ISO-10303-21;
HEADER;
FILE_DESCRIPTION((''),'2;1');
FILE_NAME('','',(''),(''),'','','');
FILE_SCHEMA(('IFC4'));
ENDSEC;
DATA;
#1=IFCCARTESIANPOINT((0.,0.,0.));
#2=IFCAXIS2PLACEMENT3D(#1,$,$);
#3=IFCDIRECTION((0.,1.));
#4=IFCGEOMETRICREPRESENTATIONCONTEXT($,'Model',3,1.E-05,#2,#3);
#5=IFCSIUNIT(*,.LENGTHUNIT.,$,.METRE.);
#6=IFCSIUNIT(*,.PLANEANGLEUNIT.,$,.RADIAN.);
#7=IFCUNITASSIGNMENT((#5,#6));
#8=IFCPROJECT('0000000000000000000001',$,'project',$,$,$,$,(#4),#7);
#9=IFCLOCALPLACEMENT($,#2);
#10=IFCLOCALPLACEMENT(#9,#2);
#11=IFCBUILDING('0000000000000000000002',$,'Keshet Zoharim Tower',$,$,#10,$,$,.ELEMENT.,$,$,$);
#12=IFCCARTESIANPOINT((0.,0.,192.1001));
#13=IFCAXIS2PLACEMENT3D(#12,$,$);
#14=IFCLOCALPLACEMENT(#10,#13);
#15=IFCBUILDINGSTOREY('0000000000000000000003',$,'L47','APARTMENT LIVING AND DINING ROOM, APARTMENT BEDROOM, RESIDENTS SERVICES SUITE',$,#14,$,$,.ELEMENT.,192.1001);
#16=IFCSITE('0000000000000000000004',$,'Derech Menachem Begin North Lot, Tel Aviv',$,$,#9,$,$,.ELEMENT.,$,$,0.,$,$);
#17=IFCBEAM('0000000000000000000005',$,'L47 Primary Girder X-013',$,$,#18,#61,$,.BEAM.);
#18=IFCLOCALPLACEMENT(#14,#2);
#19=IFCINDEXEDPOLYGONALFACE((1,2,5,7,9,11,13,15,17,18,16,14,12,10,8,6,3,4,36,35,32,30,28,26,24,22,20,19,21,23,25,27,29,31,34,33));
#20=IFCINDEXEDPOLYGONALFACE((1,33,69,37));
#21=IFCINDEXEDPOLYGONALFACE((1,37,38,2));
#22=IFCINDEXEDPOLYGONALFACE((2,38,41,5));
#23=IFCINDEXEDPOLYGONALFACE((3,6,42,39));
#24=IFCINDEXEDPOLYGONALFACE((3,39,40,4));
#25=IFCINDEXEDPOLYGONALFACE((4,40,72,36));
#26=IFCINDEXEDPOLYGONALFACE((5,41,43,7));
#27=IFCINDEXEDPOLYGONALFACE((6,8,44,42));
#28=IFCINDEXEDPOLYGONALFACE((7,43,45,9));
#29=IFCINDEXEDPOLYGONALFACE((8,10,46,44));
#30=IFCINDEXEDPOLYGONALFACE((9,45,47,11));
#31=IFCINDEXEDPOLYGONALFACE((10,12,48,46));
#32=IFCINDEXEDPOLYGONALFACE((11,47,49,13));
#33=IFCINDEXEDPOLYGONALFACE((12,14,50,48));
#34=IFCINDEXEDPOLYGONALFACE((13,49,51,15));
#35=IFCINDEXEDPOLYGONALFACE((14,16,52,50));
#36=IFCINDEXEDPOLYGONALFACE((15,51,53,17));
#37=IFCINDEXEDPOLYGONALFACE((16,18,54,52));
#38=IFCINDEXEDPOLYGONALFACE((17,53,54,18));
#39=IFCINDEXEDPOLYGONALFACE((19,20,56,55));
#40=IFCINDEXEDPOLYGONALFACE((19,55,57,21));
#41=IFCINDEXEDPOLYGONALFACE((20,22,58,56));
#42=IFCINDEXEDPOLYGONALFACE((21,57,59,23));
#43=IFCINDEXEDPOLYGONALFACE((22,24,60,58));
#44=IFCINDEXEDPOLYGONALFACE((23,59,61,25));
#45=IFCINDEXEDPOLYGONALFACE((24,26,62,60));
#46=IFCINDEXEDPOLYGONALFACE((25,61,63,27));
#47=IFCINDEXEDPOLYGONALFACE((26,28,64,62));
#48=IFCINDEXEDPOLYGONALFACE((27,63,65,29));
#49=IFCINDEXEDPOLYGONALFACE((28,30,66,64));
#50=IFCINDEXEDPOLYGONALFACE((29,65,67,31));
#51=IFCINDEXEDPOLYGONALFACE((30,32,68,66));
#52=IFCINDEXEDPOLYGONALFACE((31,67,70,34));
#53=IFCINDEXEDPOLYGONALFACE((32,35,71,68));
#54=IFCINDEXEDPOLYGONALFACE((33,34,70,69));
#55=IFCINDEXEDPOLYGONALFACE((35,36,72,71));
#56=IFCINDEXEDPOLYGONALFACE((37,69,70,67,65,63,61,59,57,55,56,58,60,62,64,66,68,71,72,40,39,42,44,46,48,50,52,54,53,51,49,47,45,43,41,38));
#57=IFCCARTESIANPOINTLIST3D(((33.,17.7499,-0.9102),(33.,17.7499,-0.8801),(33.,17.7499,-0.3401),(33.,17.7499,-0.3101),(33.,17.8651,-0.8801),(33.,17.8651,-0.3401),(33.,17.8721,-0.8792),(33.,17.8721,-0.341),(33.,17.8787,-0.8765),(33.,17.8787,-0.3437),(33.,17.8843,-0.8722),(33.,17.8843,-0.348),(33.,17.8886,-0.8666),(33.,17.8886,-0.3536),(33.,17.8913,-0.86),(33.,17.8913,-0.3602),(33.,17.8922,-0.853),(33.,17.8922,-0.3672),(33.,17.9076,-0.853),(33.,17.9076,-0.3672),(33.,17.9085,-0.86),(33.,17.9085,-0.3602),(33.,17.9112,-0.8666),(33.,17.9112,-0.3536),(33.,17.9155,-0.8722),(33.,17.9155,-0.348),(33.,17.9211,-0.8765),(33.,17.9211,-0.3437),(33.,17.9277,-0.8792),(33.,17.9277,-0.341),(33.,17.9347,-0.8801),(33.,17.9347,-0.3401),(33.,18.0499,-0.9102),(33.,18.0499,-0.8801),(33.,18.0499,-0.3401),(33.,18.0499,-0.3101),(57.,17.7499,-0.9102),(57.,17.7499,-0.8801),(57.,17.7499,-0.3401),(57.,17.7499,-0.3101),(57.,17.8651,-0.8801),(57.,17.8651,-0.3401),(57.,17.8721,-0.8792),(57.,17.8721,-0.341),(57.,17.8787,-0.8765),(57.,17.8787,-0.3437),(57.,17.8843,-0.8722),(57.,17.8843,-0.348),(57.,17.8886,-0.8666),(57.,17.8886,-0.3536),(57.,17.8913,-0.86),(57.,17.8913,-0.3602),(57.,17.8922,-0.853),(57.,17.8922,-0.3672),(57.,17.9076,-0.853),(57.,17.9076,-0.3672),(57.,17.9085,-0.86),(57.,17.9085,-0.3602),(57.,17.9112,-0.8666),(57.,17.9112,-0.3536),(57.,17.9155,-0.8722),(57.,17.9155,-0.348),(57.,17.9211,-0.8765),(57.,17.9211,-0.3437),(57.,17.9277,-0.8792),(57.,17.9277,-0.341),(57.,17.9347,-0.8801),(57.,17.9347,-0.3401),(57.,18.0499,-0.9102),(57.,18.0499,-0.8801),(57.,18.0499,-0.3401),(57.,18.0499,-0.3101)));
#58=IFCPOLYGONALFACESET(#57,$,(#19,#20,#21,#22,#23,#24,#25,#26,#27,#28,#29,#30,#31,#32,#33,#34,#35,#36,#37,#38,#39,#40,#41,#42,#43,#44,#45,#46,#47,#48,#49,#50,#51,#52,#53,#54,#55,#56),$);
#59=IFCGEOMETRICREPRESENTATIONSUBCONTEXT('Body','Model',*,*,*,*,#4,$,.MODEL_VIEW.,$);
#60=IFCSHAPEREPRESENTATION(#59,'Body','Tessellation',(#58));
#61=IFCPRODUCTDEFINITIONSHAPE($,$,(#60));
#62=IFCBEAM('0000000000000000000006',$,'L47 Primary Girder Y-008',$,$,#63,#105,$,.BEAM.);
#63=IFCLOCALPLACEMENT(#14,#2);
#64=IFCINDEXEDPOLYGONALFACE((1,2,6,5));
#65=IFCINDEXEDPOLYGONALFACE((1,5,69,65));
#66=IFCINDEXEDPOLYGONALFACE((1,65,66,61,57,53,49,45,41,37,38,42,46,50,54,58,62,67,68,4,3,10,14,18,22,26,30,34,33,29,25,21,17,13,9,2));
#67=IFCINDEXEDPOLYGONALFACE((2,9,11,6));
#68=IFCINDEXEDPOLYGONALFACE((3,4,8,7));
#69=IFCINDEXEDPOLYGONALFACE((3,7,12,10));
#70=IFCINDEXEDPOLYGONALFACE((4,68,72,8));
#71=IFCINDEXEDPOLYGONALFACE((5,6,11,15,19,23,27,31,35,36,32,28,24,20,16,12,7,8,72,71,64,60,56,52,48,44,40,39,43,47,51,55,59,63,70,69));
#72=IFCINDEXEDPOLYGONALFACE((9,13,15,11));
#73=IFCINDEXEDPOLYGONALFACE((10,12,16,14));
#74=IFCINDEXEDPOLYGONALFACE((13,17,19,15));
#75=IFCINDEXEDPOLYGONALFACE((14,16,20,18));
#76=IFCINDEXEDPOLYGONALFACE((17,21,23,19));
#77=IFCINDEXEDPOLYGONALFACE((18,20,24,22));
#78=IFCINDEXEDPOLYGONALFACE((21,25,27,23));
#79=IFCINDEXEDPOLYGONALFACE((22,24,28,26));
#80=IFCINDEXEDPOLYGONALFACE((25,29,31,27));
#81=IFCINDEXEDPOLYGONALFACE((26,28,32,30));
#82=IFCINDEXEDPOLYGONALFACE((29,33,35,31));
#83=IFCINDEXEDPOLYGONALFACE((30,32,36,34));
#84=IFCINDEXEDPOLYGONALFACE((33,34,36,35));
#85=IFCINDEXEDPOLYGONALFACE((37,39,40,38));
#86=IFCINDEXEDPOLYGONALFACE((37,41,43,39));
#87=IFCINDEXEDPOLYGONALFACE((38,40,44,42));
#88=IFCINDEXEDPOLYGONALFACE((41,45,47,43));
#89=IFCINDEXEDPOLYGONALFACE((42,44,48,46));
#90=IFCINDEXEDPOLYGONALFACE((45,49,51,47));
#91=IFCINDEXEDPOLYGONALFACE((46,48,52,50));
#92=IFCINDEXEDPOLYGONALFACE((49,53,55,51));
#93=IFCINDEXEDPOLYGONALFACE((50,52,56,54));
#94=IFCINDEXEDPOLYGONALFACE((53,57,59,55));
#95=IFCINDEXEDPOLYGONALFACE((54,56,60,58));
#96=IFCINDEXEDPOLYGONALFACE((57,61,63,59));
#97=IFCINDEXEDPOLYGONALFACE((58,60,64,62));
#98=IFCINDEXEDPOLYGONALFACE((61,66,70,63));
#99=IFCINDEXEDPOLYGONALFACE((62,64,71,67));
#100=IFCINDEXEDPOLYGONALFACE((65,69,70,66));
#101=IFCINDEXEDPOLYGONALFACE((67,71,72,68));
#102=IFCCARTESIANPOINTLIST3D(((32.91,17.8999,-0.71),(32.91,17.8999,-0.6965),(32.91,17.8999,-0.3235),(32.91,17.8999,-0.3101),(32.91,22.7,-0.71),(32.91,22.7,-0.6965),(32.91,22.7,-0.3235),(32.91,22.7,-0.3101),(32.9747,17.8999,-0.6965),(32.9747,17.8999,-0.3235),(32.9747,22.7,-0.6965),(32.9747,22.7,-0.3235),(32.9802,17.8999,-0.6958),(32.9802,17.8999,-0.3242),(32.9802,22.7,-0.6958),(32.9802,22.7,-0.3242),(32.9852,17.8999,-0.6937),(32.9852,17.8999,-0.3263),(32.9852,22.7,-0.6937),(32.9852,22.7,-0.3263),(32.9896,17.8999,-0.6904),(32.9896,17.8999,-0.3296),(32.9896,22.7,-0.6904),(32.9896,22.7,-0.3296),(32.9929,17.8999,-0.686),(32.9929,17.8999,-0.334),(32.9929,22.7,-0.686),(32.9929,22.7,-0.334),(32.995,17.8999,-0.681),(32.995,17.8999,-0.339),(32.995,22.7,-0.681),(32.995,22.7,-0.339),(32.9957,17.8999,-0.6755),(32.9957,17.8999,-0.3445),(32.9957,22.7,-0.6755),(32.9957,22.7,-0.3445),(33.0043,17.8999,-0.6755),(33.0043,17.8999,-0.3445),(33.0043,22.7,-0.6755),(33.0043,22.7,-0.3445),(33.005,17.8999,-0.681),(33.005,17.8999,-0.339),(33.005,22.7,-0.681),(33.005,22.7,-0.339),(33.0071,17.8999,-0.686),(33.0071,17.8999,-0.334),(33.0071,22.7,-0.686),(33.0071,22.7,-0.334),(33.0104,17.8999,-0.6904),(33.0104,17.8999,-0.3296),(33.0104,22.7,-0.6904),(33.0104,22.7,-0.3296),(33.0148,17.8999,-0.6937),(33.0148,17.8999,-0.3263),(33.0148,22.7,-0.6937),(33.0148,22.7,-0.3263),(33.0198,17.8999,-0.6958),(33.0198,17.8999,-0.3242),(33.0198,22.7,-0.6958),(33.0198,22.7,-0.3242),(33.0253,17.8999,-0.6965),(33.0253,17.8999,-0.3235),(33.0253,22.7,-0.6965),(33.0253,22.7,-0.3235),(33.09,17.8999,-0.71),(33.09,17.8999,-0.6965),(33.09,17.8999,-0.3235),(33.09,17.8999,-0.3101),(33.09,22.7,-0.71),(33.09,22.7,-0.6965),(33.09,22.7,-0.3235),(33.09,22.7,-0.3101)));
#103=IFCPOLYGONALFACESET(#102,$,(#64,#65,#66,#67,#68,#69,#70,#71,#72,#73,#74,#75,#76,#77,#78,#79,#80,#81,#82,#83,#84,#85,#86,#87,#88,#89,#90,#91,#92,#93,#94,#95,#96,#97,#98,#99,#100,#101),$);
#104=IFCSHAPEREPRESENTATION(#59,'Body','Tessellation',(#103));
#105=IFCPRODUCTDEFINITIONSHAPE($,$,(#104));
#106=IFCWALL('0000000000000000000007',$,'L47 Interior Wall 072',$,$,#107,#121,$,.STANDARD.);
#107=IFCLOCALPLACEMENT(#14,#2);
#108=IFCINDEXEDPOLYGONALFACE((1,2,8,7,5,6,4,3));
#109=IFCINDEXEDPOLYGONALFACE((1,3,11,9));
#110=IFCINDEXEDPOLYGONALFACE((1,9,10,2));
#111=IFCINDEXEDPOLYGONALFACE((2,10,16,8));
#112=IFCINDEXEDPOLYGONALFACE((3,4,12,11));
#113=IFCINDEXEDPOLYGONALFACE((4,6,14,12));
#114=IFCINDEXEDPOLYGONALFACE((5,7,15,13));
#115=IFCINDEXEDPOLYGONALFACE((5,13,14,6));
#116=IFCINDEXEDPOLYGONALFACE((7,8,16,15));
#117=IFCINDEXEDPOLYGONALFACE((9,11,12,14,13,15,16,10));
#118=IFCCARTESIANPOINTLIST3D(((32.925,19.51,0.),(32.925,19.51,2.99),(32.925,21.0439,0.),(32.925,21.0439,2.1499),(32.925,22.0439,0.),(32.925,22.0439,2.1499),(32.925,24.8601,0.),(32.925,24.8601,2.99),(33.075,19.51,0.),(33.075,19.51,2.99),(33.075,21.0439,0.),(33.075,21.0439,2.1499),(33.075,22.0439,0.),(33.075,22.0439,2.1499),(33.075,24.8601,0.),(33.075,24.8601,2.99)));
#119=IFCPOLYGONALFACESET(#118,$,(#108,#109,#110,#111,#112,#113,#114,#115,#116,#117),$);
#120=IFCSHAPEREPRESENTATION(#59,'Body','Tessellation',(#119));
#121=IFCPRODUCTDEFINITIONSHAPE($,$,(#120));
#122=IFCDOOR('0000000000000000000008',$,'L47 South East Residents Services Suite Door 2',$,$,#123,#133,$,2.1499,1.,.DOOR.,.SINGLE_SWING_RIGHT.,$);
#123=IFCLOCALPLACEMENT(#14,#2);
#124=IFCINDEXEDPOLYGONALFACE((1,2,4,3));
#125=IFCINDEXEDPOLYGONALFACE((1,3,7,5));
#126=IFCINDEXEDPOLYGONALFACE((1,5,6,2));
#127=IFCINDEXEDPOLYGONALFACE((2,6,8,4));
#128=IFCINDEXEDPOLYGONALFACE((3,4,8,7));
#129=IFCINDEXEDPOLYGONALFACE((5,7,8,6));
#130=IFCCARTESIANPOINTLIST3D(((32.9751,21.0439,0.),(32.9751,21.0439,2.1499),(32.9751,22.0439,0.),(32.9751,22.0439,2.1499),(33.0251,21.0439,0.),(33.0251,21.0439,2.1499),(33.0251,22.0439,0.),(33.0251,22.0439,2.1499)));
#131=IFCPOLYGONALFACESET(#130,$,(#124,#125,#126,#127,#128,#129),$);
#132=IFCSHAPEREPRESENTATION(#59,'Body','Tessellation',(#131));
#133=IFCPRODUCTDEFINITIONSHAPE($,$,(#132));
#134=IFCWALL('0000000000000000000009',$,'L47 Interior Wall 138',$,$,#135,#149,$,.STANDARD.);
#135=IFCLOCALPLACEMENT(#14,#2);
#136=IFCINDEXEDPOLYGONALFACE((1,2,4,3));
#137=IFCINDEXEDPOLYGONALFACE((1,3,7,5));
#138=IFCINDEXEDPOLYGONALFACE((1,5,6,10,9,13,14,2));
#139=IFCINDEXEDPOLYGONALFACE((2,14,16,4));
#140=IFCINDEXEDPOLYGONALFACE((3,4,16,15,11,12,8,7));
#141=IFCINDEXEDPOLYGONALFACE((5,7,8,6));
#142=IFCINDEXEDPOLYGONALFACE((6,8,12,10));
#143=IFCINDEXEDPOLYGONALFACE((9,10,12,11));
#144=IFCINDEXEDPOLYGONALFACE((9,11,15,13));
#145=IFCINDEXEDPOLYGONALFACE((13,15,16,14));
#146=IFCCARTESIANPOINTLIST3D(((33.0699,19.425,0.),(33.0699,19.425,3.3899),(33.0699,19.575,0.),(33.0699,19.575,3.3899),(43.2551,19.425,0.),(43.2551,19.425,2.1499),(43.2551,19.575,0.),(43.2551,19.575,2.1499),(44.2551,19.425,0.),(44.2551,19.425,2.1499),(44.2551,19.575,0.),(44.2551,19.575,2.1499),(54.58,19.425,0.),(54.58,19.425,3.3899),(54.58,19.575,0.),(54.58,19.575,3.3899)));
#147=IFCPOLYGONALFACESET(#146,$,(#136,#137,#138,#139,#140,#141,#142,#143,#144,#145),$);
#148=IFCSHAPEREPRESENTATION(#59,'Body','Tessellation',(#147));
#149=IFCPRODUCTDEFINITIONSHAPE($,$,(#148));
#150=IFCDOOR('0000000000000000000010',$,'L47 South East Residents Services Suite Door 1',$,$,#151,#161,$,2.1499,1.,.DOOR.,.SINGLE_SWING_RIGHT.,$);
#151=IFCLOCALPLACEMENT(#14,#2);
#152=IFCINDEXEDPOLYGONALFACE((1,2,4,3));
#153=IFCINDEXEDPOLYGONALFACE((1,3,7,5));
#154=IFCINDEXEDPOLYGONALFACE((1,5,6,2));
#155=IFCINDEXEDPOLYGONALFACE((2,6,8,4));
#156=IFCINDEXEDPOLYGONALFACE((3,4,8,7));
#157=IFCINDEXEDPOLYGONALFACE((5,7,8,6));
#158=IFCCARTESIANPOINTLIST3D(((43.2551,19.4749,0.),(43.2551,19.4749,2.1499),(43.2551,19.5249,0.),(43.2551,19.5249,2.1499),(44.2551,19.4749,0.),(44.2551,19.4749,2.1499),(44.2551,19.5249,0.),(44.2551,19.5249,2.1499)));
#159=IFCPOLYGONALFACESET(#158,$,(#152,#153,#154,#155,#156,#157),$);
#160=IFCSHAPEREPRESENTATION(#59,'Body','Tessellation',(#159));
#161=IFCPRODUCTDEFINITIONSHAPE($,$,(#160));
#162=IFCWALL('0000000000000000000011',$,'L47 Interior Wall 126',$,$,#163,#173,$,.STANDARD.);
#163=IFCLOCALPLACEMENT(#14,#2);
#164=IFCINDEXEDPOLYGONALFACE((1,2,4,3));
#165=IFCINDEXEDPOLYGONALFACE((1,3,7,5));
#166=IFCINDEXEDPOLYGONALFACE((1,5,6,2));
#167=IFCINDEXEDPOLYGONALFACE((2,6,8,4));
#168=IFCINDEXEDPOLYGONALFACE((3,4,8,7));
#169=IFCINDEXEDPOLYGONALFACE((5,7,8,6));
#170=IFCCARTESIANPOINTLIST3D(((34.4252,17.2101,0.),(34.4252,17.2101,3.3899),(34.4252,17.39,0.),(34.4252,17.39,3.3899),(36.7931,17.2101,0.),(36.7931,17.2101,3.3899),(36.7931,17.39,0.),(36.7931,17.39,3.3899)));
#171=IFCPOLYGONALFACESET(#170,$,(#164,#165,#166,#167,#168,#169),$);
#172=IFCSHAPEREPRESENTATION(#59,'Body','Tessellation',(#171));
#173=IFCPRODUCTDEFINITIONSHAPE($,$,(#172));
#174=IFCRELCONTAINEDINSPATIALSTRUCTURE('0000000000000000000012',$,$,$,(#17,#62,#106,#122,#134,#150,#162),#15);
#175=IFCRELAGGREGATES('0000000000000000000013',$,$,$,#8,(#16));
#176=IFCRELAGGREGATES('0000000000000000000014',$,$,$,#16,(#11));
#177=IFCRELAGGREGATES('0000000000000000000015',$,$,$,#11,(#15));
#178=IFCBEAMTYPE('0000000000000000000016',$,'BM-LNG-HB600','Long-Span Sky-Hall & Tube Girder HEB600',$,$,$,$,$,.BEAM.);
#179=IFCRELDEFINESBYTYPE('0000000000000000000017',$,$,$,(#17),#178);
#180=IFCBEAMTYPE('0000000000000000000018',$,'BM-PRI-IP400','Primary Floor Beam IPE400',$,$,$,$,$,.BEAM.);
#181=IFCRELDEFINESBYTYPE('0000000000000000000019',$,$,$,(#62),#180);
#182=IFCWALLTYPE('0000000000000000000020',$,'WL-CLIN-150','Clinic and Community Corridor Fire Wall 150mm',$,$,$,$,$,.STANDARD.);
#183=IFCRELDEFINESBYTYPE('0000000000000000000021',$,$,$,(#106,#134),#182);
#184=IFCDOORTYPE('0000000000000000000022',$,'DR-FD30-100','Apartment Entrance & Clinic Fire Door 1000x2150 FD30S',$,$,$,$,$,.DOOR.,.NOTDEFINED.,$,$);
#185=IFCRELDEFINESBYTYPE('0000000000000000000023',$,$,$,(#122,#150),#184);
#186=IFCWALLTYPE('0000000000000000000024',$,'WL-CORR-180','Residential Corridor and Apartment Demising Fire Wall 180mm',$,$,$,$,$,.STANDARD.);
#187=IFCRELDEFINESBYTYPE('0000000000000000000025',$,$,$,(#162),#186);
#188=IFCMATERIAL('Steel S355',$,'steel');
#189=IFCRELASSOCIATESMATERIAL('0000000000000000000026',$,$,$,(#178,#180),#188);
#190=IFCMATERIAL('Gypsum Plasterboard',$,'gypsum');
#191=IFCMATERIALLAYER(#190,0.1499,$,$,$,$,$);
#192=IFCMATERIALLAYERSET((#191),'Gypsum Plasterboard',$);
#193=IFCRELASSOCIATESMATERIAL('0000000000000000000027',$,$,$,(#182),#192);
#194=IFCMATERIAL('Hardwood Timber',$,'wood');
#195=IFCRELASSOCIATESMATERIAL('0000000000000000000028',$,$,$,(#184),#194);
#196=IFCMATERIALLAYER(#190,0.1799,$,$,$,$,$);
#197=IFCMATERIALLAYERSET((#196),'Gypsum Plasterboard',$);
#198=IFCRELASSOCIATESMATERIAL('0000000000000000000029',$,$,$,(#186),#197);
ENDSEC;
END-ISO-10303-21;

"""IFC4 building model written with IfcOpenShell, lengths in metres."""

from ifc_helpers import new_model, si_unit, direction, frame, frame_2d, origin, origin_2d, place, context, subcontext, project, spatial, rectangle, i_section, extrude, material, layer, layer_set, material_profile, profile_set, type_object, element, fill, save


model = new_model("IFC4")

# Units and contexts
model_context = context("Model", 3, precision=1e-05, world=origin(), true_north=direction((0.0, 1.0)))
body_context = subcontext(model_context, "Body", "Model", "MODEL_VIEW")
ifc_project = project(units=[si_unit("LENGTHUNIT", "METRE"), si_unit("PLANEANGLEUNIT", "RADIAN")], contexts=[model_context])

# Site, building, storey
site_placement = place(None, origin())
site = spatial("IfcSite", under=ifc_project, at=site_placement, Name="Derech Menachem Begin North Lot, Tel Aviv", CompositionType="ELEMENT", RefElevation=0.0)
building_placement = place(site_placement, origin())
building = spatial("IfcBuilding", under=site, at=building_placement, Name="Keshet Zoharim Tower", CompositionType="ELEMENT")
storey_placement = place(building_placement, frame((0.0, 0.0, 192.1001)))
storey = spatial("IfcBuildingStorey", under=building, at=storey_placement, Name="L47", Description="APARTMENT LIVING AND DINING ROOM, APARTMENT BEDROOM, RESIDENTS SERVICES SUITE", CompositionType="ELEMENT", Elevation=192.1001)

# Beams
ifc_material_1 = material(Name="Steel S355", Category="steel")
ifc_material_profile_1 = material_profile(ifc_material_1, i_section(OverallWidth=0.3, OverallDepth=0.6001, WebThickness=0.0154, FlangeThickness=0.03, FilletRadius=0.0271, at=origin_2d()), Name="HEB600")
ifc_profile_set_1 = profile_set([ifc_material_profile_1], Name="Steel S355")
beam_type_1 = type_object("IfcBeamType", Name="BM-LNG-HB600", Description="Long-Span Sky-Hall & Tube Girder HEB600", PredefinedType="BEAM", material=ifc_profile_set_1)
beam_1_placement = place(storey_placement, frame((33.0, 17.8999, -0.6101), z_axis=(1.0, 0.0, 0.0), x_axis=(0.0, 1.0, 0.0)))
element("IfcBeam", 1, at=beam_1_placement, inside=storey, type_object=beam_type_1, Name="L47 Primary Girder X-013", PredefinedType="BEAM", context=body_context, shape_type="SweptSolid", body=[
    extrude(i_section(OverallWidth=0.3, OverallDepth=0.6001, WebThickness=0.0154, FlangeThickness=0.03, FilletRadius=0.0271, at=origin_2d()), origin(), (0.0, 0.0, 1.0), 24.0),
])
ifc_material_profile_2 = material_profile(ifc_material_1, i_section(OverallWidth=0.1799, OverallDepth=0.3999, WebThickness=0.0085, FlangeThickness=0.0134, FilletRadius=0.021, at=origin_2d()), Name="IPE400")
ifc_profile_set_2 = profile_set([ifc_material_profile_2], Name="Steel S355")
beam_type_2 = type_object("IfcBeamType", Name="BM-PRI-IP400", Description="Primary Floor Beam IPE400", PredefinedType="BEAM", material=ifc_profile_set_2)
beam_2_placement = place(storey_placement, frame((33.0, 17.8999, -0.51), z_axis=(0.0, 1.0, 0.0), x_axis=(-1.0, 0.0, 0.0)))
element("IfcBeam", 2, at=beam_2_placement, inside=storey, type_object=beam_type_2, Name="L47 Primary Girder Y-008", PredefinedType="BEAM", context=body_context, shape_type="SweptSolid", body=[
    extrude(i_section(OverallWidth=0.1799, OverallDepth=0.3999, WebThickness=0.0085, FlangeThickness=0.0134, FilletRadius=0.021, at=origin_2d()), origin(), (0.0, 0.0, 1.0), 4.8),
])

# Walls, openings, doors
ifc_material_2 = material(Name="Gypsum Plasterboard", Category="gypsum")
ifc_layer_1 = layer(ifc_material_2, 0.1499)
ifc_layer_set_1 = layer_set([ifc_layer_1], Name="Gypsum Plasterboard")
wall_type_1 = type_object("IfcWallType", Name="WL-CLIN-150", Description="Clinic and Community Corridor Fire Wall 150mm", PredefinedType="STANDARD", material=ifc_layer_set_1)
wall_1_placement = place(storey_placement, frame((33.0, 19.51, 0.0), z_axis=(0.0, 0.0, 1.0), x_axis=(0.0, 1.0, 0.0)))
wall_1 = element("IfcWall", 3, at=wall_1_placement, inside=storey, type_object=wall_type_1, Name="L47 Interior Wall 072", PredefinedType="STANDARD", context=body_context, shape_type="SweptSolid", body=[
    extrude(rectangle(XDim=5.3501, YDim=0.1499, at=frame_2d((2.675, 0.0))), origin(), (0.0, 0.0, 1.0), 2.99),
])
opening_1_placement = place(wall_1_placement, frame((1.5339, 0.0, 0.0)))
opening_1 = element("IfcOpeningElement", 4, at=opening_1_placement, cuts=wall_1, PredefinedType="OPENING", context=body_context, shape_type="SweptSolid", body=[
    extrude(rectangle(XDim=1.0, YDim=2.1499, at=frame_2d((0.5, 1.075))), frame((0.0, 0.085, 0.0), z_axis=(0.0, -1.0, 0.0), x_axis=(1.0, 0.0, 0.0)), (0.0, 0.0, 1.0), 0.1699),
])
ifc_material_3 = material(Name="Hardwood Timber", Category="wood")
door_type_1 = type_object("IfcDoorType", Name="DR-FD30-100", Description="Apartment Entrance & Clinic Fire Door 1000x2150 FD30S", OperationType="NOTDEFINED", PredefinedType="DOOR", material=ifc_material_3)
door_1_placement = place(opening_1_placement, origin())
door_1 = element("IfcDoor", 5, at=door_1_placement, inside=storey, type_object=door_type_1, Name="L47 South East Residents Services Suite Door 2", OperationType="SINGLE_SWING_RIGHT", OverallHeight=2.1499, OverallWidth=1.0, PredefinedType="DOOR", context=body_context, shape_type="SweptSolid", body=[
    extrude(rectangle(XDim=1.0, YDim=2.1499, at=frame_2d((0.5, 1.075))), frame((0.0, 0.0249, 0.0), z_axis=(0.0, -1.0, 0.0), x_axis=(1.0, 0.0, 0.0)), (0.0, 0.0, 1.0), 0.05),
])
fill(opening_1, door_1)
wall_2_placement = place(storey_placement, frame((33.0701, 19.5, 0.0), z_axis=(0.0, 0.0, 1.0), x_axis=(1.0, 0.0, 0.0)))
wall_2 = element("IfcWall", 6, at=wall_2_placement, inside=storey, type_object=wall_type_1, Name="L47 Interior Wall 138", PredefinedType="STANDARD", context=body_context, shape_type="SweptSolid", body=[
    extrude(rectangle(XDim=21.51, YDim=0.1499, at=frame_2d((10.7549, 0.0))), origin(), (0.0, 0.0, 1.0), 3.3899),
])
opening_2_placement = place(wall_2_placement, frame((10.1851, 0.0, 0.0)))
opening_2 = element("IfcOpeningElement", 7, at=opening_2_placement, cuts=wall_2, PredefinedType="OPENING", context=body_context, shape_type="SweptSolid", body=[
    extrude(rectangle(XDim=1.0, YDim=2.1499, at=frame_2d((0.5, 1.075))), frame((0.0, 0.085, 0.0), z_axis=(0.0, -1.0, 0.0), x_axis=(1.0, 0.0, 0.0)), (0.0, 0.0, 1.0), 0.1699),
])
door_2_placement = place(opening_2_placement, origin())
door_2 = element("IfcDoor", 8, at=door_2_placement, inside=storey, type_object=door_type_1, Name="L47 South East Residents Services Suite Door 1", OperationType="SINGLE_SWING_RIGHT", OverallHeight=2.1499, OverallWidth=1.0, PredefinedType="DOOR", context=body_context, shape_type="SweptSolid", body=[
    extrude(rectangle(XDim=1.0, YDim=2.1499, at=frame_2d((0.5, 1.075))), frame((0.0, 0.0249, 0.0), z_axis=(0.0, -1.0, 0.0), x_axis=(1.0, 0.0, 0.0)), (0.0, 0.0, 1.0), 0.05),
])
fill(opening_2, door_2)

# Wall
ifc_layer_2 = layer(ifc_material_2, 0.1799)
ifc_layer_set_2 = layer_set([ifc_layer_2], Name="Gypsum Plasterboard")
wall_type_2 = type_object("IfcWallType", Name="WL-CORR-180", Description="Residential Corridor and Apartment Demising Fire Wall 180mm", PredefinedType="STANDARD", material=ifc_layer_set_2)
wall_3_placement = place(storey_placement, frame((34.425, 17.3, 0.0), z_axis=(0.0, 0.0, 1.0), x_axis=(1.0, 0.0, 0.0)))
element("IfcWall", 9, at=wall_3_placement, inside=storey, type_object=wall_type_2, Name="L47 Interior Wall 126", PredefinedType="STANDARD", context=body_context, shape_type="SweptSolid", body=[
    extrude(rectangle(XDim=2.3679, YDim=0.1799, at=frame_2d((1.1841, 0.0))), origin(), (0.0, 0.0, 1.0), 3.3899),
])

save(model, "model.ifc")
